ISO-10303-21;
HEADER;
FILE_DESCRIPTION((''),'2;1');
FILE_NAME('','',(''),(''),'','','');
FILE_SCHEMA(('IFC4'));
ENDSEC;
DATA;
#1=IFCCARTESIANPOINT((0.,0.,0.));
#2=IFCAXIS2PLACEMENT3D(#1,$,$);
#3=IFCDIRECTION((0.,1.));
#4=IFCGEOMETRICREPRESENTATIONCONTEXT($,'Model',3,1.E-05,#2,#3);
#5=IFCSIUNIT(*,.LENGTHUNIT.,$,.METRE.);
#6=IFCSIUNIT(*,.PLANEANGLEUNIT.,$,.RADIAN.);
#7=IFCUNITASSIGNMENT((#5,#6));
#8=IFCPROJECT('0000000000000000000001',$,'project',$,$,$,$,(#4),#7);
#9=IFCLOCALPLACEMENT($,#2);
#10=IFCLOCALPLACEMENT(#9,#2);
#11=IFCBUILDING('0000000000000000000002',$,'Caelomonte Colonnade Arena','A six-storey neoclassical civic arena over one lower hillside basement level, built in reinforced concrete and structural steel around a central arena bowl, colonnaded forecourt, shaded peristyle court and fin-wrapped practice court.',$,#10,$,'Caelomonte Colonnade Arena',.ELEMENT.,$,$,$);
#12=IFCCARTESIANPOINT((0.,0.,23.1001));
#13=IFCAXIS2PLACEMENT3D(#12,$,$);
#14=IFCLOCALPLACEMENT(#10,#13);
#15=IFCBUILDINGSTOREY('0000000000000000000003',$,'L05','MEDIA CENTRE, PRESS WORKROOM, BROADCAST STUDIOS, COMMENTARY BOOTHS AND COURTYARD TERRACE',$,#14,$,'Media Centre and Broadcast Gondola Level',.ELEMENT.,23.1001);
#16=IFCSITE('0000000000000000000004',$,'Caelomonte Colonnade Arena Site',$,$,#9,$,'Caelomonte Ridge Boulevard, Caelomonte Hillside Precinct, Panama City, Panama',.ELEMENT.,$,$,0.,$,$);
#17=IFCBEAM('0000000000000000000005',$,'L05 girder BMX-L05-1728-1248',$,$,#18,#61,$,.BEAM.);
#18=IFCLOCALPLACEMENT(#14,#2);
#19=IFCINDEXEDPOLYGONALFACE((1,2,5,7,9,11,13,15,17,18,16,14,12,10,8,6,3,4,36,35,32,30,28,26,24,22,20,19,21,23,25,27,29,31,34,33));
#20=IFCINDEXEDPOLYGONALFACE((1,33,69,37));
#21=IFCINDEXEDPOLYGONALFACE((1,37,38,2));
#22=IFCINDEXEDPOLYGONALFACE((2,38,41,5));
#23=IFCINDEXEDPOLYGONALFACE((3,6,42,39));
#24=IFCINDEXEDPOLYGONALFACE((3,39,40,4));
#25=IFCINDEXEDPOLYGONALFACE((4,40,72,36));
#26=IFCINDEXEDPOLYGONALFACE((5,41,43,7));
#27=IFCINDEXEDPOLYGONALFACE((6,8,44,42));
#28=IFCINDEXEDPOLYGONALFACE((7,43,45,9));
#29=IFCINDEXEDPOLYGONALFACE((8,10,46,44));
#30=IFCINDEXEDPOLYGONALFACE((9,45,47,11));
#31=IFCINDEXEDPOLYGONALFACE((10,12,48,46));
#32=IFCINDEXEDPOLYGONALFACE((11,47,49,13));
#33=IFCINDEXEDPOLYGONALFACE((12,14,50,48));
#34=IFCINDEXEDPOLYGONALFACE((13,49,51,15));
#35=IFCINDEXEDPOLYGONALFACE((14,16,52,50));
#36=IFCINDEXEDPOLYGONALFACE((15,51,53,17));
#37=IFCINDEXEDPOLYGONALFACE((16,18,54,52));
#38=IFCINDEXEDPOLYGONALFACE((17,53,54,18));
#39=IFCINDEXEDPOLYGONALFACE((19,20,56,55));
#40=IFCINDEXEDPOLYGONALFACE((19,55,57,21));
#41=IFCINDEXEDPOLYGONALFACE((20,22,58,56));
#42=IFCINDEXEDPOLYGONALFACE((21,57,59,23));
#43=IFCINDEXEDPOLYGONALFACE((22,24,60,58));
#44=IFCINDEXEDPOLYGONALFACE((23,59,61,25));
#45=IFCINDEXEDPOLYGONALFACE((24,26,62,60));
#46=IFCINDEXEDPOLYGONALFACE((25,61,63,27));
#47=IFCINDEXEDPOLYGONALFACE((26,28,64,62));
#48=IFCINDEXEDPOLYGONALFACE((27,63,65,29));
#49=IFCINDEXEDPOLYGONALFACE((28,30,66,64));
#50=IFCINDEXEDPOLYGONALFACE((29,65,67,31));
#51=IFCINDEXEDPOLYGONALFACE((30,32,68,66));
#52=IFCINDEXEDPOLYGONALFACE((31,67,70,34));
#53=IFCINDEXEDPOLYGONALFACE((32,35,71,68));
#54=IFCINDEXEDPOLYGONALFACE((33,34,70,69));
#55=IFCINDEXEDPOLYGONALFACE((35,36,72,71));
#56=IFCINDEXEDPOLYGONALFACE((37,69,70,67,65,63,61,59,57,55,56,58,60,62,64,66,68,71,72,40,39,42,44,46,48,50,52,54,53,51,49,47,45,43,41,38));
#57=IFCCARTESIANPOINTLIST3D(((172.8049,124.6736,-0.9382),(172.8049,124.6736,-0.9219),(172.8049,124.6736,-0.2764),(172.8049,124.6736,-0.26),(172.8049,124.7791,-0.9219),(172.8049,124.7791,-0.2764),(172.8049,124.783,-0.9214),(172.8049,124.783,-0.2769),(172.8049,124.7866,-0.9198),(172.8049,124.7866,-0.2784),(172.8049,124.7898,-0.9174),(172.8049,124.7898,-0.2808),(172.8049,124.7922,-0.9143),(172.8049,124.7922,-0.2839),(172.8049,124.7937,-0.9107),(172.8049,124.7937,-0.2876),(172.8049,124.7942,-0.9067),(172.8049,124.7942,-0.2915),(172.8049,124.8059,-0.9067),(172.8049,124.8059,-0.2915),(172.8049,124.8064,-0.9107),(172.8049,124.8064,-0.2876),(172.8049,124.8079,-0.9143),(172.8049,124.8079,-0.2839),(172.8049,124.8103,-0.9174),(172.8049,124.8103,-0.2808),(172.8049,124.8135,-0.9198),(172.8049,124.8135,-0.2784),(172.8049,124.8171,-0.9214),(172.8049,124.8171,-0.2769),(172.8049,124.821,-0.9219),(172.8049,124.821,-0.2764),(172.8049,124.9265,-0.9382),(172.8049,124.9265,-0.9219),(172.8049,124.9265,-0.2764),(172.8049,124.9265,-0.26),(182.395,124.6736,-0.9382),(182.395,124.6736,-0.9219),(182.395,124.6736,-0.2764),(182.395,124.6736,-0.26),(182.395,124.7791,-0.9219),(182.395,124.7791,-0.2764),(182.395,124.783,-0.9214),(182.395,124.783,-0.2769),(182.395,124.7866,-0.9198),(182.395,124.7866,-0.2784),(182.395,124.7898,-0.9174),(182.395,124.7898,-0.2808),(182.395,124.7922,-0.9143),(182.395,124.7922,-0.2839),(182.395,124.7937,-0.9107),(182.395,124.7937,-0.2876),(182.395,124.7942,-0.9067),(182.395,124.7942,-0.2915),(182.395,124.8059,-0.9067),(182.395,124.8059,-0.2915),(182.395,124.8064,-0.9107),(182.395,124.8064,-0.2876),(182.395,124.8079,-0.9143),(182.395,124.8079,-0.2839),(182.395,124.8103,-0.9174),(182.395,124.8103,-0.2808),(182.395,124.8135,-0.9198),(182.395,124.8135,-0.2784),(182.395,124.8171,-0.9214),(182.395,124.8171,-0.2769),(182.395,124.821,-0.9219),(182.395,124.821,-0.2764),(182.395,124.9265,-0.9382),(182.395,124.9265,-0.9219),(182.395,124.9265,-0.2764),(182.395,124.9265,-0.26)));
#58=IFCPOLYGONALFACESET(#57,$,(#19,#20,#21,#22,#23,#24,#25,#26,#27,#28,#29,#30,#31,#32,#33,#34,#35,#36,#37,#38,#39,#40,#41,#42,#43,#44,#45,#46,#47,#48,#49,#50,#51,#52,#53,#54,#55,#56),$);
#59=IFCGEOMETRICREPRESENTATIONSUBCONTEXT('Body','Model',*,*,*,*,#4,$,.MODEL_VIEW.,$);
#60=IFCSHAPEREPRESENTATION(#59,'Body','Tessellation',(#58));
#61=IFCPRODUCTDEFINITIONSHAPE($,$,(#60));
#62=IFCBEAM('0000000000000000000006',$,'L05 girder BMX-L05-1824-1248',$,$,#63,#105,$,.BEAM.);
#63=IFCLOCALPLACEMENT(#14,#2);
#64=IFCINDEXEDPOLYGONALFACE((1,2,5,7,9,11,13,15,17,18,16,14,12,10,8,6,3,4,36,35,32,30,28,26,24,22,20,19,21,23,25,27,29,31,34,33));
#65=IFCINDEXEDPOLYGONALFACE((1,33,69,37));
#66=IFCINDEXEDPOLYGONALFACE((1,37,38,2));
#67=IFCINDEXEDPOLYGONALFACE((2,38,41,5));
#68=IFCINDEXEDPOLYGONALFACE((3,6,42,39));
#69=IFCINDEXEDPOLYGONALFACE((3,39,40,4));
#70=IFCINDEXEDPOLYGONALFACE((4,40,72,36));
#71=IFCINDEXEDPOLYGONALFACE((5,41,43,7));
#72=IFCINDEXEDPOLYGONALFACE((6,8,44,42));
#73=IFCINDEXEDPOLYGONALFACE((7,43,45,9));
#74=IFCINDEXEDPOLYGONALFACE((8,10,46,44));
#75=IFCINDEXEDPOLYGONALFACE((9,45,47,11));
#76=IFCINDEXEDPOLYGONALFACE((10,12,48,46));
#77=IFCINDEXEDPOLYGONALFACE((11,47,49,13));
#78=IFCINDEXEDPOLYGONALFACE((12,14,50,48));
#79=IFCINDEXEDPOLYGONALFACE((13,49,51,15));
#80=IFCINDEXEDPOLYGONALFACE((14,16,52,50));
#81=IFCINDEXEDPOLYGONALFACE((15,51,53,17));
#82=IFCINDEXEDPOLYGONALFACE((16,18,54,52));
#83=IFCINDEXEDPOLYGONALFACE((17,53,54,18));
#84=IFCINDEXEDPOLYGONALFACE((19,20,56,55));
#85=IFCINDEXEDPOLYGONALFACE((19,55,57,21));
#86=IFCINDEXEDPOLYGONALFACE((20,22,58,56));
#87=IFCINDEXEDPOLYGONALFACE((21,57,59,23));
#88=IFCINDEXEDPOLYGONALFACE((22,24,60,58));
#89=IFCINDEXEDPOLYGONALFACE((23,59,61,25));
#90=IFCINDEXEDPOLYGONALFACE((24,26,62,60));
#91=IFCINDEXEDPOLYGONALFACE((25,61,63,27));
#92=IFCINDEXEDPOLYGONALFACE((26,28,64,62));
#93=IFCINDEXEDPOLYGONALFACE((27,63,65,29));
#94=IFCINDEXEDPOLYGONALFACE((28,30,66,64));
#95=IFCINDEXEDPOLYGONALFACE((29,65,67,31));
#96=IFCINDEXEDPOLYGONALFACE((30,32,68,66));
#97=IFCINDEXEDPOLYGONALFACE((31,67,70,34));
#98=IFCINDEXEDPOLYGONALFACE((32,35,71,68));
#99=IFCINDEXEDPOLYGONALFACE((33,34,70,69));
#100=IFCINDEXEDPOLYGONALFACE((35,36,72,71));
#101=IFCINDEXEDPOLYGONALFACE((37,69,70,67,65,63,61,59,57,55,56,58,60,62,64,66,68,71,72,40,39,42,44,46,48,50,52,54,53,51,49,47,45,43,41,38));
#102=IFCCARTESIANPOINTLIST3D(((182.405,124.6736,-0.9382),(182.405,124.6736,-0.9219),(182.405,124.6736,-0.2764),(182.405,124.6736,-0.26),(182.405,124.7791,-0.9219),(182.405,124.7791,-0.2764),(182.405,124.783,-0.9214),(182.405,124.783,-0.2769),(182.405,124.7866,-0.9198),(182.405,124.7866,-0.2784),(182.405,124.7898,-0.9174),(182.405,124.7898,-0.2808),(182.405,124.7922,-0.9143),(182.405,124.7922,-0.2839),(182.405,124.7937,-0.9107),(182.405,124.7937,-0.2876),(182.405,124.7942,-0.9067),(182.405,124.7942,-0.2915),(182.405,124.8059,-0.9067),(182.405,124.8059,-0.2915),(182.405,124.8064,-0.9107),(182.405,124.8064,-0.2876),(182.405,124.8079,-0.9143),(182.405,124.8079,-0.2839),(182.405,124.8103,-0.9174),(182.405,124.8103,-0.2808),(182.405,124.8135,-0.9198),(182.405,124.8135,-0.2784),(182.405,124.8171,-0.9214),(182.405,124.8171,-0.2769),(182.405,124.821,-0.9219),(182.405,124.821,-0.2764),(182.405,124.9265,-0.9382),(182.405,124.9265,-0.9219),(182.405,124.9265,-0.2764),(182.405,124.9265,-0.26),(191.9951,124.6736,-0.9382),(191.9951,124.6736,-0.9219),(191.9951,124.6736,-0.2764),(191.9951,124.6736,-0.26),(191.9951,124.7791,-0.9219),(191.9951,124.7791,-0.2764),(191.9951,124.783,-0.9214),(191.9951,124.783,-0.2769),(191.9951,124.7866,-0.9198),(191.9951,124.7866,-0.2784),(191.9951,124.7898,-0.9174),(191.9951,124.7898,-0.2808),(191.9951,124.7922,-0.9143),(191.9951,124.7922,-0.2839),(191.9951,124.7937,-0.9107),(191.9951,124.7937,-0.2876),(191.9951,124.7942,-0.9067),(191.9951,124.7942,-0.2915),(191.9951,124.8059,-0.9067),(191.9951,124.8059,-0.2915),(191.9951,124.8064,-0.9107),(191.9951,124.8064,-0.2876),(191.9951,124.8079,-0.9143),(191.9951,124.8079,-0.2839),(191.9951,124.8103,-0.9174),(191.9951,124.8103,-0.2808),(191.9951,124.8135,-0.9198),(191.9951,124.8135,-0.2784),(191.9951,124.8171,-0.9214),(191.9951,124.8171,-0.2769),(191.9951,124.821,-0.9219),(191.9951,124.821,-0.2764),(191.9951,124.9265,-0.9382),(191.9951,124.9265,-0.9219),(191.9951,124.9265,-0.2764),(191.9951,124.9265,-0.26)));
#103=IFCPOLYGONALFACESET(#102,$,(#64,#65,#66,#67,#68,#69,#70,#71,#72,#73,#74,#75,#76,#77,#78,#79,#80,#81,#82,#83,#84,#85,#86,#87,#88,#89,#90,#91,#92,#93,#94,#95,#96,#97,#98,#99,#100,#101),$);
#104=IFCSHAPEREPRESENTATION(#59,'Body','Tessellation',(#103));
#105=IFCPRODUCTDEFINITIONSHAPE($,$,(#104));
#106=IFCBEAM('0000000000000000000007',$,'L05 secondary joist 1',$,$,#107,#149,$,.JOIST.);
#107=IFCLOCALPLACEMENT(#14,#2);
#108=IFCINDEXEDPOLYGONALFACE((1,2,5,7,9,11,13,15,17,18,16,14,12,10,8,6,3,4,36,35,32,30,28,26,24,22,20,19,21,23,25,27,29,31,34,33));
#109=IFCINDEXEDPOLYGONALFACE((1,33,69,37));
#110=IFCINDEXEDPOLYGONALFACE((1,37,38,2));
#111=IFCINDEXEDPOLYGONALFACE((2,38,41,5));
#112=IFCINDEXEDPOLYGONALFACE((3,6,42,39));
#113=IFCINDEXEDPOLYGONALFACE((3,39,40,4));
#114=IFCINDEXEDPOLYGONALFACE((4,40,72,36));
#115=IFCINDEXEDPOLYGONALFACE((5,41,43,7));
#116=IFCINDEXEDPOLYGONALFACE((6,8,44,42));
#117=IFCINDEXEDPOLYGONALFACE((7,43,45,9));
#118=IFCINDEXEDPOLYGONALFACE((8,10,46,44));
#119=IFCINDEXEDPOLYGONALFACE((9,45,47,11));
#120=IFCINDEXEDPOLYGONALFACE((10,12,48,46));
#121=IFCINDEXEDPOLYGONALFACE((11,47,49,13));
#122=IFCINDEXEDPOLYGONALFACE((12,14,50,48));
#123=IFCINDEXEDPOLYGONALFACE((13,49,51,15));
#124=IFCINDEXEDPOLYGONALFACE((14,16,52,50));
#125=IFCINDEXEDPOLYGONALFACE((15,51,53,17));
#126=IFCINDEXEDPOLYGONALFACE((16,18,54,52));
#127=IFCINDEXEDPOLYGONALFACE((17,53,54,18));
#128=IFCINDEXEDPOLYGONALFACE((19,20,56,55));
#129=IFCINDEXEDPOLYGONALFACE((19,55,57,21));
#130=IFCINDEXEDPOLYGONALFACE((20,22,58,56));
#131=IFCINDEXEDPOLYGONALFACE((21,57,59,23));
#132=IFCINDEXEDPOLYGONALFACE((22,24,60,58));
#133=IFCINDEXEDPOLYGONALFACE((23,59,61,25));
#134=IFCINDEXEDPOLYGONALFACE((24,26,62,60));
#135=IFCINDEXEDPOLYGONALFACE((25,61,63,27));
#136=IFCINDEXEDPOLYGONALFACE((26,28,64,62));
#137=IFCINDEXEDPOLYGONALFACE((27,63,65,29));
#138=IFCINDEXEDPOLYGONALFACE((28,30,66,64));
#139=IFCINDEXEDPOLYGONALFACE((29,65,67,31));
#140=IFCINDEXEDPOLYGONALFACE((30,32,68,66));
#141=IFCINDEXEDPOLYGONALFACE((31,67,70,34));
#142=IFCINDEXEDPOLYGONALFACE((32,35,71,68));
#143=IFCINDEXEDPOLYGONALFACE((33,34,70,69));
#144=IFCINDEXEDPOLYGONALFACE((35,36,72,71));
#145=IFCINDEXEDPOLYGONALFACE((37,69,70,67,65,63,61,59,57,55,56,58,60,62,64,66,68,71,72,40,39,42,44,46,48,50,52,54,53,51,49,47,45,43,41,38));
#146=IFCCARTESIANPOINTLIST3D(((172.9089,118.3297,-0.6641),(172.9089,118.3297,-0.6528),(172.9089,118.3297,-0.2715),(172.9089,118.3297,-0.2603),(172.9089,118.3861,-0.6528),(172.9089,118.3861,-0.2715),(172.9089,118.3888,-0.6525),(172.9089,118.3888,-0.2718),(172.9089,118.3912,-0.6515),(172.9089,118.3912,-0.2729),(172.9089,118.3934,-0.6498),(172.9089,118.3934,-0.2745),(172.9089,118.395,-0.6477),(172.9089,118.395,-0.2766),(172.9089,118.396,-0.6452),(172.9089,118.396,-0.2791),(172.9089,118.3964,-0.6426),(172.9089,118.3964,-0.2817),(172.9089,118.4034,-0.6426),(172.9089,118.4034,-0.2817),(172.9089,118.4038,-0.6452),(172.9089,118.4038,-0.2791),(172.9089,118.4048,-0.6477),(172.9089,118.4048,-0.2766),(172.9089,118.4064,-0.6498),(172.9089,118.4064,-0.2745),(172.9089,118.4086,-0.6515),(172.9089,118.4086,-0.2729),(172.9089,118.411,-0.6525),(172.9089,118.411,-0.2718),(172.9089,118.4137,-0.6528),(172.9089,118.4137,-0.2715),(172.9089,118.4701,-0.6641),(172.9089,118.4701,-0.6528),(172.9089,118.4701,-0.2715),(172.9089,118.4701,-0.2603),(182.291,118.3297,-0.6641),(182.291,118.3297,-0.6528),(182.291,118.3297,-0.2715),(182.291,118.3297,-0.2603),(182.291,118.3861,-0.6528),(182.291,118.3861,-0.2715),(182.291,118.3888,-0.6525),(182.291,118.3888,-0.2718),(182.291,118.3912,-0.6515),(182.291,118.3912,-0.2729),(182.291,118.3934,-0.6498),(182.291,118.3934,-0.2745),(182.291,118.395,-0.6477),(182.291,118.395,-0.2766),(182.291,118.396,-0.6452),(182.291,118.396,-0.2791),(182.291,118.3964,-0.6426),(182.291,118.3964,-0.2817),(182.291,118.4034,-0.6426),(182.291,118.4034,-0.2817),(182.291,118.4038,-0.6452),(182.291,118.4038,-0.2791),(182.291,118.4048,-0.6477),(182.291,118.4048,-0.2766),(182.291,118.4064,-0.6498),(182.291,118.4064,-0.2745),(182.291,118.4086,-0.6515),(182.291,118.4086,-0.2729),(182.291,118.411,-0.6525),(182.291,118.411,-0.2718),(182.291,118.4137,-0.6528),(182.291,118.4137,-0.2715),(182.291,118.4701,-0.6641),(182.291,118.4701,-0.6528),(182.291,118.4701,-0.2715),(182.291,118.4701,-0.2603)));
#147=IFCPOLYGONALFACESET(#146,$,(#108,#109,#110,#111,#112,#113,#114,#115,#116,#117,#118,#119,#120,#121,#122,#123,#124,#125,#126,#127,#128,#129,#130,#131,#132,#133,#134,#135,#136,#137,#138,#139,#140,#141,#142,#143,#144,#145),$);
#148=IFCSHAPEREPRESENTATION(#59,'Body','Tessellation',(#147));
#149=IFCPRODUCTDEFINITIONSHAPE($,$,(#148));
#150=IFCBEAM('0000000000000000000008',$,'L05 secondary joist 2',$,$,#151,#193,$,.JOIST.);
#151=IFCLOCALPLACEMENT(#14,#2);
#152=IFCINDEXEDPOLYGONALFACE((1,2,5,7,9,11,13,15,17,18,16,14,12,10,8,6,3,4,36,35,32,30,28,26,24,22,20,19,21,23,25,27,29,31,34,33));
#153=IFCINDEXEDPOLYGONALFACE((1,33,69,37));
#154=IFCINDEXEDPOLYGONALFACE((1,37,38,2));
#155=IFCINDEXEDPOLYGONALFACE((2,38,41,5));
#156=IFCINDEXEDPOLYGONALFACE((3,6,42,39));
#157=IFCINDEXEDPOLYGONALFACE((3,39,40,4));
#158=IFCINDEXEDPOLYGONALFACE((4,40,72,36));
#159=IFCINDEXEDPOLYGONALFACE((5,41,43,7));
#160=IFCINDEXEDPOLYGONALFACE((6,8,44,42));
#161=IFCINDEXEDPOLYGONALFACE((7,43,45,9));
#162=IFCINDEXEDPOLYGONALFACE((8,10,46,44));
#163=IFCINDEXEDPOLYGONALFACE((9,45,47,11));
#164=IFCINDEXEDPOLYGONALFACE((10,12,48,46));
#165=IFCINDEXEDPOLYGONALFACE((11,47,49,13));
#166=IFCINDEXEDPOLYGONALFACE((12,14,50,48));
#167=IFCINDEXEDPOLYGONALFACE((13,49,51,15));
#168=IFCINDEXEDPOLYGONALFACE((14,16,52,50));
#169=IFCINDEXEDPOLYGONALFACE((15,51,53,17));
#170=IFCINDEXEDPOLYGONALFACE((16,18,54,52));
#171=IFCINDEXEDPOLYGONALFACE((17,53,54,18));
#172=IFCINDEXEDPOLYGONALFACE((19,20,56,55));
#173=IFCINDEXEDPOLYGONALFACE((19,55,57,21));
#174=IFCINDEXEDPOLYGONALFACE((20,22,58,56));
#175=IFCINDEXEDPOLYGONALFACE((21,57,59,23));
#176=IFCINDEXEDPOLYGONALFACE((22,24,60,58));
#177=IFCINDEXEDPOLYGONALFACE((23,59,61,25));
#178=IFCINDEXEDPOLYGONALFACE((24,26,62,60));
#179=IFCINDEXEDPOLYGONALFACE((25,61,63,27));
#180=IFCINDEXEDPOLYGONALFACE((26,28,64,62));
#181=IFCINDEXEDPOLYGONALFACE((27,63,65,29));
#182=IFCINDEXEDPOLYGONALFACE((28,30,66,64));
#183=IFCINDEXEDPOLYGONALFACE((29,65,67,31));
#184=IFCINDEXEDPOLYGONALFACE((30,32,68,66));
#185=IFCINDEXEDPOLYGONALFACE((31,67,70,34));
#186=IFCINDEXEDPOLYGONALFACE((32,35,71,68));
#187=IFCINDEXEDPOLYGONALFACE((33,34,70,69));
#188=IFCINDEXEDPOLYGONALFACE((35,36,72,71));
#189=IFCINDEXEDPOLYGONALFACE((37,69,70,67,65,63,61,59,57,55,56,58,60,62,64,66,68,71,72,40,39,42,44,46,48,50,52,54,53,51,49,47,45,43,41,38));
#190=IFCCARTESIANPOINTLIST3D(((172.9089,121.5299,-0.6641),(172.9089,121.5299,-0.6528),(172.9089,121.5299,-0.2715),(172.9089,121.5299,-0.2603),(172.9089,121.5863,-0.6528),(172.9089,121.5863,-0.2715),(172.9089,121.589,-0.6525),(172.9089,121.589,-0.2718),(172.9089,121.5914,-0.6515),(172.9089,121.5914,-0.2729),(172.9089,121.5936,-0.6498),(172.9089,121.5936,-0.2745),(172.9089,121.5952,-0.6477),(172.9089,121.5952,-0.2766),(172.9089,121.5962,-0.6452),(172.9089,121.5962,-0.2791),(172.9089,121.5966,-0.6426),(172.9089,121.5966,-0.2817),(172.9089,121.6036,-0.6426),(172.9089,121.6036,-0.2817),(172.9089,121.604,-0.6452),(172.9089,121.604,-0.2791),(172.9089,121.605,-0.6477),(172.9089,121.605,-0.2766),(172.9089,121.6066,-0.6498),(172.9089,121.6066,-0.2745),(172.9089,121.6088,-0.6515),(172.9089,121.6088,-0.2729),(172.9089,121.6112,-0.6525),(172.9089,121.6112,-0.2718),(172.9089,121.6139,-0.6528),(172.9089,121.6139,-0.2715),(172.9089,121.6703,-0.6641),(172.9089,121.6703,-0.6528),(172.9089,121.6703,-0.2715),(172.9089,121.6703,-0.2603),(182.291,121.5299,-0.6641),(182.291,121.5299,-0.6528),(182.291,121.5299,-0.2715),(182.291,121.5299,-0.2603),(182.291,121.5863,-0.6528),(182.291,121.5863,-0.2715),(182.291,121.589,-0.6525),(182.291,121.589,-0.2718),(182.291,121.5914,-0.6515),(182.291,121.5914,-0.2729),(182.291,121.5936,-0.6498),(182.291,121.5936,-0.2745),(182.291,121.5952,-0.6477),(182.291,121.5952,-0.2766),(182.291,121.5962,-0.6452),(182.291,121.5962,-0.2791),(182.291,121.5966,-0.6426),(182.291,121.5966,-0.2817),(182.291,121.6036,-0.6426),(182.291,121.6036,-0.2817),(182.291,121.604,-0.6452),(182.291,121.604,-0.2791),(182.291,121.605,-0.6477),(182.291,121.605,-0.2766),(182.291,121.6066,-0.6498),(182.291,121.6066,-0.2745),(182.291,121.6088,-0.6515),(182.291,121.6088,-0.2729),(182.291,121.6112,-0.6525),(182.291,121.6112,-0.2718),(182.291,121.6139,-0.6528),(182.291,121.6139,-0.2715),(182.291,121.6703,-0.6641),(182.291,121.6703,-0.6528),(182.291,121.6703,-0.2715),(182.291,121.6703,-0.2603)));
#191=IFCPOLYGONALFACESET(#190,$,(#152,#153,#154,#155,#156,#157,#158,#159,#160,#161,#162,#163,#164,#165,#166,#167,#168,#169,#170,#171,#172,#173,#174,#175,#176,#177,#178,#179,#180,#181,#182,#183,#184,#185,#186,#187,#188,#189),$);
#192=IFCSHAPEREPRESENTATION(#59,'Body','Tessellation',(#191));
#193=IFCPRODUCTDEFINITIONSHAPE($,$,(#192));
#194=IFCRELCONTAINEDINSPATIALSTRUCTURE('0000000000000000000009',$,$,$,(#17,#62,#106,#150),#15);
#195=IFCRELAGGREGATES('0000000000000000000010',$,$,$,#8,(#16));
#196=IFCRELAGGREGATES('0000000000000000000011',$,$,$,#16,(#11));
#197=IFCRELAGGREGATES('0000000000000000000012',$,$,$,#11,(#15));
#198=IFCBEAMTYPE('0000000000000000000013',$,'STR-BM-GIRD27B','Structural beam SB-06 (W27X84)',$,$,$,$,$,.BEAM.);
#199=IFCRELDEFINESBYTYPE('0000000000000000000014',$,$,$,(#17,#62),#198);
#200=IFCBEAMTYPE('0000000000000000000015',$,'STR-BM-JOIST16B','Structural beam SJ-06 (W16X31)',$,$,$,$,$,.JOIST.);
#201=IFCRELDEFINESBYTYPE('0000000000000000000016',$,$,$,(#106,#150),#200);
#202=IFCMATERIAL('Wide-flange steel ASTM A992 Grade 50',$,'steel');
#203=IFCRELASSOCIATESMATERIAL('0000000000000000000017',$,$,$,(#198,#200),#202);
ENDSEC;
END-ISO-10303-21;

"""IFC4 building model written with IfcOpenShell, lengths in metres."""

from ifc_helpers import new_model, si_unit, direction, frame, origin, origin_2d, place, context, subcontext, project, spatial, i_section, extrude, material, material_profile, profile_set, type_object, element, save


model = new_model("IFC4")

# Units and contexts
model_context = context("Model", 3, precision=1e-05, world=origin(), true_north=direction((0.0, 1.0)))
body_context = subcontext(model_context, "Body", "Model", "MODEL_VIEW")
ifc_project = project(units=[si_unit("LENGTHUNIT", "METRE"), si_unit("PLANEANGLEUNIT", "RADIAN")], contexts=[model_context])

# Site, building, storey
site_placement = place(None, origin())
site = spatial("IfcSite", under=ifc_project, at=site_placement, Name="Caelomonte Colonnade Arena Site", LongName="Caelomonte Ridge Boulevard, Caelomonte Hillside Precinct, Panama City, Panama", CompositionType="ELEMENT", RefElevation=0.0)
building_placement = place(site_placement, origin())
building = spatial("IfcBuilding", under=site, at=building_placement, Name="Caelomonte Colonnade Arena", Description="A six-storey neoclassical civic arena over one lower hillside basement level, built in reinforced concrete and structural steel around a central arena bowl, colonnaded forecourt, shaded peristyle court and fin-wrapped practice court.", LongName="Caelomonte Colonnade Arena", CompositionType="ELEMENT")
storey_placement = place(building_placement, frame((0.0, 0.0, 23.1001)))
storey = spatial("IfcBuildingStorey", under=building, at=storey_placement, Name="L05", Description="MEDIA CENTRE, PRESS WORKROOM, BROADCAST STUDIOS, COMMENTARY BOOTHS AND COURTYARD TERRACE", LongName="Media Centre and Broadcast Gondola Level", CompositionType="ELEMENT", Elevation=23.1001)

# Shared definitions
ifc_material_1 = material(Name="Wide-flange steel ASTM A992 Grade 50", Category="steel")

# Beams
ifc_material_profile_1 = material_profile(ifc_material_1, i_section(OverallWidth=0.2529, OverallDepth=0.6782, WebThickness=0.0117, FlangeThickness=0.0164, FilletRadius=0.0151, at=origin_2d()), Name="W27X84")
ifc_profile_set_1 = profile_set([ifc_material_profile_1], Name="Wide-flange steel ASTM A992 Grade 50")
beam_type_1 = type_object("IfcBeamType", Name="STR-BM-GIRD27B", Description="Structural beam SB-06 (W27X84)", PredefinedType="BEAM", material=ifc_profile_set_1)
for number, where, z_axis, x_axis, name in (
    (1, (172.8049, 124.8, -0.5991), (1.0, 0.0, 0.0), (0.0, 1.0, 0.0), "L05 girder BMX-L05-1728-1248"),
    (2, (182.405, 124.8, -0.5991), (1.0, 0.0, 0.0), (0.0, 1.0, 0.0), "L05 girder BMX-L05-1824-1248"),
):
    element("IfcBeam", number, at=place(storey_placement, frame(where, z_axis=z_axis, x_axis=x_axis)), inside=storey, type_object=beam_type_1, Name=name, PredefinedType="BEAM", context=body_context, shape_type="SweptSolid", body=[
        extrude(i_section(OverallWidth=0.2529, OverallDepth=0.6782, WebThickness=0.0117, FlangeThickness=0.0164, FilletRadius=0.0151, at=origin_2d()), origin(), (0.0, 0.0, 1.0), 9.5901),
    ])
ifc_material_profile_2 = material_profile(ifc_material_1, i_section(OverallWidth=0.1404, OverallDepth=0.4038, WebThickness=0.0071, FlangeThickness=0.0112, FilletRadius=0.0103, at=origin_2d()), Name="W16X31")
ifc_profile_set_2 = profile_set([ifc_material_profile_2], Name="Wide-flange steel ASTM A992 Grade 50")
beam_type_2 = type_object("IfcBeamType", Name="STR-BM-JOIST16B", Description="Structural beam SJ-06 (W16X31)", PredefinedType="JOIST", material=ifc_profile_set_2)
for number, where, z_axis, x_axis, name in (
    (3, (172.9089, 118.3999, -0.4622), (1.0, 0.0, 0.0), (0.0, 1.0, 0.0), "L05 secondary joist 1"),
    (4, (172.9089, 121.6001, -0.4622), (1.0, 0.0, 0.0), (0.0, 1.0, 0.0), "L05 secondary joist 2"),
):
    element("IfcBeam", number, at=place(storey_placement, frame(where, z_axis=z_axis, x_axis=x_axis)), inside=storey, type_object=beam_type_2, Name=name, PredefinedType="JOIST", context=body_context, shape_type="SweptSolid", body=[
        extrude(i_section(OverallWidth=0.1404, OverallDepth=0.4038, WebThickness=0.0071, FlangeThickness=0.0112, FilletRadius=0.0103, at=origin_2d()), origin(), (0.0, 0.0, 1.0), 9.3821),
    ])

save(model, "model.ifc")
